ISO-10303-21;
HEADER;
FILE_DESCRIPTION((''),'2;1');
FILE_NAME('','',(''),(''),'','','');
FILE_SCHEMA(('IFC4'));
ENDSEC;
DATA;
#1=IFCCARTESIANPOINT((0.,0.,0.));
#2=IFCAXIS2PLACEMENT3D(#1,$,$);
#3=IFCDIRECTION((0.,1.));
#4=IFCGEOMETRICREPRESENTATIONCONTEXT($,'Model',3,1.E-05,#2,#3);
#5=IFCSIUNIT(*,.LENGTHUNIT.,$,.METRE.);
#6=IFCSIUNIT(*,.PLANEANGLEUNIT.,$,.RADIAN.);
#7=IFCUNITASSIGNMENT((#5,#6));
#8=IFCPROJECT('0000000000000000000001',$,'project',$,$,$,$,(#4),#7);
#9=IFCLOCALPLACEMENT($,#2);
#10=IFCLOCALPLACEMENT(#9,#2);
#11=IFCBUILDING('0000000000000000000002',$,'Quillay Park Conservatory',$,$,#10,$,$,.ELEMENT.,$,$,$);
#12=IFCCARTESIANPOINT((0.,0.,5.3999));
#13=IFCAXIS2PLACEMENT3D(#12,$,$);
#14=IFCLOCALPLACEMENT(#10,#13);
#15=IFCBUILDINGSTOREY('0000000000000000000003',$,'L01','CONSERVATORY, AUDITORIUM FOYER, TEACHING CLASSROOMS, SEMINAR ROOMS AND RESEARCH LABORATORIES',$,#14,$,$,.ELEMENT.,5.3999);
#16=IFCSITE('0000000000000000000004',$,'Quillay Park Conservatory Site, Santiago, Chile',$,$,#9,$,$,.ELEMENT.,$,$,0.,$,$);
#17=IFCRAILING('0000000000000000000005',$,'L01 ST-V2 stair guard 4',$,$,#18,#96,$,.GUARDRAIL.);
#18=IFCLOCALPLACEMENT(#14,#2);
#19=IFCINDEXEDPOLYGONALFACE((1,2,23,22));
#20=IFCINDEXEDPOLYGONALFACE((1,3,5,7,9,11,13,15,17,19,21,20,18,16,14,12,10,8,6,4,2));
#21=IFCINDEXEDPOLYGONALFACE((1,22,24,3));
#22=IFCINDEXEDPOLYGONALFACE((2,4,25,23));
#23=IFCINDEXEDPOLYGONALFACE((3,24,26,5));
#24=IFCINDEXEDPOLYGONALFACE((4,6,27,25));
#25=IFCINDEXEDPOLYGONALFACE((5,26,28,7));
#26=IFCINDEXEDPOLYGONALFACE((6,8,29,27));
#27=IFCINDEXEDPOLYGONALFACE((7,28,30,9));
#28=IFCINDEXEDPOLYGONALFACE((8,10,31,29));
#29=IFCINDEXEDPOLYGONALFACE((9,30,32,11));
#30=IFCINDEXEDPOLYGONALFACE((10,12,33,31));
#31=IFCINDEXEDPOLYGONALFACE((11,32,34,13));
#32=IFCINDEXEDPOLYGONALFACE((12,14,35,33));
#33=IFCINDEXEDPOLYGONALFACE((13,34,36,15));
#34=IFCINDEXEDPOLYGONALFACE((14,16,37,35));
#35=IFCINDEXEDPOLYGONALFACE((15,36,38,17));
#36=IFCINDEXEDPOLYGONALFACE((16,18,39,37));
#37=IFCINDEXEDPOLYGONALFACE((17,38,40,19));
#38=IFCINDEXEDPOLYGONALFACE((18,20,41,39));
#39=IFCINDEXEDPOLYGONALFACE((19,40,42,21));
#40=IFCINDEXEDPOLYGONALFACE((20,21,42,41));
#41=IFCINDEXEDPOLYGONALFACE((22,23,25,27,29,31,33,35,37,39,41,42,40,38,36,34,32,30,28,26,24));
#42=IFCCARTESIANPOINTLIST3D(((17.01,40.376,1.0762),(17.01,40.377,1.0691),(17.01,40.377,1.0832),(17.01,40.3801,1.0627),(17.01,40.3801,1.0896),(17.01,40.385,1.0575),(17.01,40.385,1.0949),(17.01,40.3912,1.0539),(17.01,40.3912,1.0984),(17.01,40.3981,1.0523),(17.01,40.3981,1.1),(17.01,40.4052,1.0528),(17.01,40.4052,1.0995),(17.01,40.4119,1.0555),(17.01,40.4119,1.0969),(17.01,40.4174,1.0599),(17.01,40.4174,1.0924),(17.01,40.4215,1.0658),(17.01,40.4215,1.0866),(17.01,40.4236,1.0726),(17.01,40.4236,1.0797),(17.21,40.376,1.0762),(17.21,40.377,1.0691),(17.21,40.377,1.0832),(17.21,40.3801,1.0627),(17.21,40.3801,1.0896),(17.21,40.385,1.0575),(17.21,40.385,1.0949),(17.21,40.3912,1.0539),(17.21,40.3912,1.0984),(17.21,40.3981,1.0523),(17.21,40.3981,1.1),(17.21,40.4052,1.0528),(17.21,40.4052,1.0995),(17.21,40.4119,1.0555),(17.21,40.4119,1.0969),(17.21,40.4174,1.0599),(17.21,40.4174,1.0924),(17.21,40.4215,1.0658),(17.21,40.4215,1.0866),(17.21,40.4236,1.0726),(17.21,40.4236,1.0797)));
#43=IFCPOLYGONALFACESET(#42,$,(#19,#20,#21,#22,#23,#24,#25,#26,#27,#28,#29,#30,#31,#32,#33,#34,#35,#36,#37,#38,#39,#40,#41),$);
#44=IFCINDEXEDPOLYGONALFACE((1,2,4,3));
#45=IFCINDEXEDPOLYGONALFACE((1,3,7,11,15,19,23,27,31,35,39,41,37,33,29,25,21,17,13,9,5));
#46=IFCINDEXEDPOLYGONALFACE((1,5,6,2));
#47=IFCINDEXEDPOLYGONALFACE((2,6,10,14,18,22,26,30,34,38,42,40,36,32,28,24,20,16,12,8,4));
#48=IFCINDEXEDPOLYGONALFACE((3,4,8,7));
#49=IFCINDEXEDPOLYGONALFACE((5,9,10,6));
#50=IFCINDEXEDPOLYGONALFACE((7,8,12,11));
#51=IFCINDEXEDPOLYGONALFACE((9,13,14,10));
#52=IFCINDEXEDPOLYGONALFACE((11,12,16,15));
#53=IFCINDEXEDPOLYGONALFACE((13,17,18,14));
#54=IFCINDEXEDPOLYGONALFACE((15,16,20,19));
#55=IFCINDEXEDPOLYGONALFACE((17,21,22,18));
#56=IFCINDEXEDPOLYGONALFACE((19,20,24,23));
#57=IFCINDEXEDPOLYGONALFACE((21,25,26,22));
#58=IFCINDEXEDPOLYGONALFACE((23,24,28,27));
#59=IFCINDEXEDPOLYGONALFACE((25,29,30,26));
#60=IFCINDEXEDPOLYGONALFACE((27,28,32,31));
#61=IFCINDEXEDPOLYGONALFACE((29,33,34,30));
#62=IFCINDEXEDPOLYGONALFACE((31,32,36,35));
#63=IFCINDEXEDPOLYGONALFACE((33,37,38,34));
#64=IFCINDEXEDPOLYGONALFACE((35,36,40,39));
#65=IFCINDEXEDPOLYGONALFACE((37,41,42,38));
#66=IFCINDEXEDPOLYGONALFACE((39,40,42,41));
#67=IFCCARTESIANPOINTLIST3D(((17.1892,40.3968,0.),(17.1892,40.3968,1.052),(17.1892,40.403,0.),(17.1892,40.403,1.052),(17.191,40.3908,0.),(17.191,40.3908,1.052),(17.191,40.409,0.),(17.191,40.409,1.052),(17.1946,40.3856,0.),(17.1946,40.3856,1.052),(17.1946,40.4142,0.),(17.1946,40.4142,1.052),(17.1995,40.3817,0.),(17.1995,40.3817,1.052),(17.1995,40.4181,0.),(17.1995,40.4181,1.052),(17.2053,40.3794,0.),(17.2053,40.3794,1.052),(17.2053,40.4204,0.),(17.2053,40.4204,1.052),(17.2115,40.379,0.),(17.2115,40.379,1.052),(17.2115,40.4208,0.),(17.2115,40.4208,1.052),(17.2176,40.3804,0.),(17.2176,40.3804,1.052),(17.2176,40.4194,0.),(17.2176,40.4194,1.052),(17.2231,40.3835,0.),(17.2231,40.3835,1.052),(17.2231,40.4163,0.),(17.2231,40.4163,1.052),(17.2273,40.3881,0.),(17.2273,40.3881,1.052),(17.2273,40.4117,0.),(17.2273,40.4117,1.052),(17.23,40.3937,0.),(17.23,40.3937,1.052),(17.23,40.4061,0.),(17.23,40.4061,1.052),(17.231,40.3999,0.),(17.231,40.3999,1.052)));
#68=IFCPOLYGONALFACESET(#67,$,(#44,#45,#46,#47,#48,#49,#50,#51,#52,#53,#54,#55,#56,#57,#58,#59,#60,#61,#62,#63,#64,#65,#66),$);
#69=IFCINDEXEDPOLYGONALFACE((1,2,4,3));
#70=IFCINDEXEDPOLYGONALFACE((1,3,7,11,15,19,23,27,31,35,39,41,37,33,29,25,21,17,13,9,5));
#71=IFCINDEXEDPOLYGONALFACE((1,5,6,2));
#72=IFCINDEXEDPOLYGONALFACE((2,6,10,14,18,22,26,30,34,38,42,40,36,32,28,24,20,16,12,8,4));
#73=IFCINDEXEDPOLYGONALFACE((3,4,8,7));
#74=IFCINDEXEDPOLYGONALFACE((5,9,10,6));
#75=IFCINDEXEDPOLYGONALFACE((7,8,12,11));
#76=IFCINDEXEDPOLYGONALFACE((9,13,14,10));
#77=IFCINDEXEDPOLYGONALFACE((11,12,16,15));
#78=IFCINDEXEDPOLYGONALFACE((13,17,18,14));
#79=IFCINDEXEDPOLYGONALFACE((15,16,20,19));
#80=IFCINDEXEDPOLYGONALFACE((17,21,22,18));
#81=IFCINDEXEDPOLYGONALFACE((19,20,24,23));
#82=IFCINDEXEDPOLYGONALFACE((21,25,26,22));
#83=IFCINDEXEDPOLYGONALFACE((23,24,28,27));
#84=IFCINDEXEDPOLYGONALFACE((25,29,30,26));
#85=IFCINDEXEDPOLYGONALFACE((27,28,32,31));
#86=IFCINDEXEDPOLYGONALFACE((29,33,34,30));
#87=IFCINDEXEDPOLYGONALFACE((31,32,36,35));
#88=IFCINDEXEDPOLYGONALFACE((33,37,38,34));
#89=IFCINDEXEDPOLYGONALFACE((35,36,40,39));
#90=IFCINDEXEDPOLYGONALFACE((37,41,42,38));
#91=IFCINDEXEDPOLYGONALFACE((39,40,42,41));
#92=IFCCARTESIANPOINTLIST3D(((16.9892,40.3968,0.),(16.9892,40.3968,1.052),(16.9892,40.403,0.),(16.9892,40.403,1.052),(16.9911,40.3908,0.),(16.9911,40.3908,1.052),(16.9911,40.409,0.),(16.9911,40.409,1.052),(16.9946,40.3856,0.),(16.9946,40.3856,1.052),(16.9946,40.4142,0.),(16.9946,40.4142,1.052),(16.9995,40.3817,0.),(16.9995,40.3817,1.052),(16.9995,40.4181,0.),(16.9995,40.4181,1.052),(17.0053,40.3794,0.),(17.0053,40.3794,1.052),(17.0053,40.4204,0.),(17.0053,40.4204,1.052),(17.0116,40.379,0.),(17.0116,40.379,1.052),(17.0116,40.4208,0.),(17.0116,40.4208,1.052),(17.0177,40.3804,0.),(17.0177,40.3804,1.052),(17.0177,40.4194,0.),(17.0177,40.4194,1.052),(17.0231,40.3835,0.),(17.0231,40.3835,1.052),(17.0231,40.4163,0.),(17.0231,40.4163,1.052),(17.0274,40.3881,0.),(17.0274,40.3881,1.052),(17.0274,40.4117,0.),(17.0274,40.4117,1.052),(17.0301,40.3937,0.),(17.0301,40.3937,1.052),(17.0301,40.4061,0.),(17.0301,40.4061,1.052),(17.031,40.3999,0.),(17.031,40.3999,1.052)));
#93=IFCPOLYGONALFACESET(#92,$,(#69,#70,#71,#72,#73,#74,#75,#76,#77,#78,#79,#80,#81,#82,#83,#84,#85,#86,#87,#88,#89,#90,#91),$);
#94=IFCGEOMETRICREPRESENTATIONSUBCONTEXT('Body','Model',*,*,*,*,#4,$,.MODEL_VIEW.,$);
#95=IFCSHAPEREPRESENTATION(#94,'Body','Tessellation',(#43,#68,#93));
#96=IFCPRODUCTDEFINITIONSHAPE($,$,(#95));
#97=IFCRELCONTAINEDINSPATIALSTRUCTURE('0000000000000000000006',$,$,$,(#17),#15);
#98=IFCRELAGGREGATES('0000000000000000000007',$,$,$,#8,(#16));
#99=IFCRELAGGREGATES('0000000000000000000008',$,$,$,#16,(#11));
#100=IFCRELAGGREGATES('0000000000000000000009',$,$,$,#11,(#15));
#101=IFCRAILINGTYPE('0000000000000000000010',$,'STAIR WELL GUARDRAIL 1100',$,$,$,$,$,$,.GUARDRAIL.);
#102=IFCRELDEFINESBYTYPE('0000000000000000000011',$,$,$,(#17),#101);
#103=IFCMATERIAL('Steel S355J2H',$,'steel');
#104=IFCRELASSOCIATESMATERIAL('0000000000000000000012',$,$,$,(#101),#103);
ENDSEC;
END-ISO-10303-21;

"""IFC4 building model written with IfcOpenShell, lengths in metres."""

from ifc_helpers import new_model, si_unit, direction, frame, origin, origin_2d, place, context, subcontext, project, spatial, circle, extrude, material, type_object, element, save


model = new_model("IFC4")

# Units and contexts
model_context = context("Model", 3, precision=1e-05, world=origin(), true_north=direction((0.0, 1.0)))
body_context = subcontext(model_context, "Body", "Model", "MODEL_VIEW")
ifc_project = project(units=[si_unit("LENGTHUNIT", "METRE"), si_unit("PLANEANGLEUNIT", "RADIAN")], contexts=[model_context])

# Site, building, storey
site_placement = place(None, origin())
site = spatial("IfcSite", under=ifc_project, at=site_placement, Name="Quillay Park Conservatory Site, Santiago, Chile", CompositionType="ELEMENT", RefElevation=0.0)
building_placement = place(site_placement, origin())
building = spatial("IfcBuilding", under=site, at=building_placement, Name="Quillay Park Conservatory", CompositionType="ELEMENT")
storey_placement = place(building_placement, frame((0.0, 0.0, 5.3999)))
storey = spatial("IfcBuildingStorey", under=building, at=storey_placement, Name="L01", Description="CONSERVATORY, AUDITORIUM FOYER, TEACHING CLASSROOMS, SEMINAR ROOMS AND RESEARCH LABORATORIES", CompositionType="ELEMENT", Elevation=5.3999)

# Railing
ifc_material_1 = material(Name="Steel S355J2H", Category="steel")
railing_type_1 = type_object("IfcRailingType", Name="STAIR WELL GUARDRAIL 1100", PredefinedType="GUARDRAIL", material=ifc_material_1)
railing_1_placement = place(storey_placement, frame((17.21, 40.3999, 0.0)))
element("IfcRailing", 1, at=railing_1_placement, inside=storey, type_object=railing_type_1, Name="L01 ST-V2 stair guard 4", PredefinedType="GUARDRAIL", context=body_context, shape_type="SweptSolid", body=[
    extrude(circle(Radius=0.0239, at=origin_2d()), frame((0.0, 0.0, 1.0762), z_axis=(-1.0, 0.0, 0.0), x_axis=(0.0, -1.0, 0.0)), (0.0, 0.0, 1.0), 0.2),
    extrude(circle(Radius=0.021, at=origin_2d()), origin(), (0.0, 0.0, 1.0), 1.052),
    extrude(circle(Radius=0.021, at=origin_2d()), frame((-0.2, 0.0, 0.0)), (0.0, 0.0, 1.0), 1.052),
])

save(model, "model.ifc")
